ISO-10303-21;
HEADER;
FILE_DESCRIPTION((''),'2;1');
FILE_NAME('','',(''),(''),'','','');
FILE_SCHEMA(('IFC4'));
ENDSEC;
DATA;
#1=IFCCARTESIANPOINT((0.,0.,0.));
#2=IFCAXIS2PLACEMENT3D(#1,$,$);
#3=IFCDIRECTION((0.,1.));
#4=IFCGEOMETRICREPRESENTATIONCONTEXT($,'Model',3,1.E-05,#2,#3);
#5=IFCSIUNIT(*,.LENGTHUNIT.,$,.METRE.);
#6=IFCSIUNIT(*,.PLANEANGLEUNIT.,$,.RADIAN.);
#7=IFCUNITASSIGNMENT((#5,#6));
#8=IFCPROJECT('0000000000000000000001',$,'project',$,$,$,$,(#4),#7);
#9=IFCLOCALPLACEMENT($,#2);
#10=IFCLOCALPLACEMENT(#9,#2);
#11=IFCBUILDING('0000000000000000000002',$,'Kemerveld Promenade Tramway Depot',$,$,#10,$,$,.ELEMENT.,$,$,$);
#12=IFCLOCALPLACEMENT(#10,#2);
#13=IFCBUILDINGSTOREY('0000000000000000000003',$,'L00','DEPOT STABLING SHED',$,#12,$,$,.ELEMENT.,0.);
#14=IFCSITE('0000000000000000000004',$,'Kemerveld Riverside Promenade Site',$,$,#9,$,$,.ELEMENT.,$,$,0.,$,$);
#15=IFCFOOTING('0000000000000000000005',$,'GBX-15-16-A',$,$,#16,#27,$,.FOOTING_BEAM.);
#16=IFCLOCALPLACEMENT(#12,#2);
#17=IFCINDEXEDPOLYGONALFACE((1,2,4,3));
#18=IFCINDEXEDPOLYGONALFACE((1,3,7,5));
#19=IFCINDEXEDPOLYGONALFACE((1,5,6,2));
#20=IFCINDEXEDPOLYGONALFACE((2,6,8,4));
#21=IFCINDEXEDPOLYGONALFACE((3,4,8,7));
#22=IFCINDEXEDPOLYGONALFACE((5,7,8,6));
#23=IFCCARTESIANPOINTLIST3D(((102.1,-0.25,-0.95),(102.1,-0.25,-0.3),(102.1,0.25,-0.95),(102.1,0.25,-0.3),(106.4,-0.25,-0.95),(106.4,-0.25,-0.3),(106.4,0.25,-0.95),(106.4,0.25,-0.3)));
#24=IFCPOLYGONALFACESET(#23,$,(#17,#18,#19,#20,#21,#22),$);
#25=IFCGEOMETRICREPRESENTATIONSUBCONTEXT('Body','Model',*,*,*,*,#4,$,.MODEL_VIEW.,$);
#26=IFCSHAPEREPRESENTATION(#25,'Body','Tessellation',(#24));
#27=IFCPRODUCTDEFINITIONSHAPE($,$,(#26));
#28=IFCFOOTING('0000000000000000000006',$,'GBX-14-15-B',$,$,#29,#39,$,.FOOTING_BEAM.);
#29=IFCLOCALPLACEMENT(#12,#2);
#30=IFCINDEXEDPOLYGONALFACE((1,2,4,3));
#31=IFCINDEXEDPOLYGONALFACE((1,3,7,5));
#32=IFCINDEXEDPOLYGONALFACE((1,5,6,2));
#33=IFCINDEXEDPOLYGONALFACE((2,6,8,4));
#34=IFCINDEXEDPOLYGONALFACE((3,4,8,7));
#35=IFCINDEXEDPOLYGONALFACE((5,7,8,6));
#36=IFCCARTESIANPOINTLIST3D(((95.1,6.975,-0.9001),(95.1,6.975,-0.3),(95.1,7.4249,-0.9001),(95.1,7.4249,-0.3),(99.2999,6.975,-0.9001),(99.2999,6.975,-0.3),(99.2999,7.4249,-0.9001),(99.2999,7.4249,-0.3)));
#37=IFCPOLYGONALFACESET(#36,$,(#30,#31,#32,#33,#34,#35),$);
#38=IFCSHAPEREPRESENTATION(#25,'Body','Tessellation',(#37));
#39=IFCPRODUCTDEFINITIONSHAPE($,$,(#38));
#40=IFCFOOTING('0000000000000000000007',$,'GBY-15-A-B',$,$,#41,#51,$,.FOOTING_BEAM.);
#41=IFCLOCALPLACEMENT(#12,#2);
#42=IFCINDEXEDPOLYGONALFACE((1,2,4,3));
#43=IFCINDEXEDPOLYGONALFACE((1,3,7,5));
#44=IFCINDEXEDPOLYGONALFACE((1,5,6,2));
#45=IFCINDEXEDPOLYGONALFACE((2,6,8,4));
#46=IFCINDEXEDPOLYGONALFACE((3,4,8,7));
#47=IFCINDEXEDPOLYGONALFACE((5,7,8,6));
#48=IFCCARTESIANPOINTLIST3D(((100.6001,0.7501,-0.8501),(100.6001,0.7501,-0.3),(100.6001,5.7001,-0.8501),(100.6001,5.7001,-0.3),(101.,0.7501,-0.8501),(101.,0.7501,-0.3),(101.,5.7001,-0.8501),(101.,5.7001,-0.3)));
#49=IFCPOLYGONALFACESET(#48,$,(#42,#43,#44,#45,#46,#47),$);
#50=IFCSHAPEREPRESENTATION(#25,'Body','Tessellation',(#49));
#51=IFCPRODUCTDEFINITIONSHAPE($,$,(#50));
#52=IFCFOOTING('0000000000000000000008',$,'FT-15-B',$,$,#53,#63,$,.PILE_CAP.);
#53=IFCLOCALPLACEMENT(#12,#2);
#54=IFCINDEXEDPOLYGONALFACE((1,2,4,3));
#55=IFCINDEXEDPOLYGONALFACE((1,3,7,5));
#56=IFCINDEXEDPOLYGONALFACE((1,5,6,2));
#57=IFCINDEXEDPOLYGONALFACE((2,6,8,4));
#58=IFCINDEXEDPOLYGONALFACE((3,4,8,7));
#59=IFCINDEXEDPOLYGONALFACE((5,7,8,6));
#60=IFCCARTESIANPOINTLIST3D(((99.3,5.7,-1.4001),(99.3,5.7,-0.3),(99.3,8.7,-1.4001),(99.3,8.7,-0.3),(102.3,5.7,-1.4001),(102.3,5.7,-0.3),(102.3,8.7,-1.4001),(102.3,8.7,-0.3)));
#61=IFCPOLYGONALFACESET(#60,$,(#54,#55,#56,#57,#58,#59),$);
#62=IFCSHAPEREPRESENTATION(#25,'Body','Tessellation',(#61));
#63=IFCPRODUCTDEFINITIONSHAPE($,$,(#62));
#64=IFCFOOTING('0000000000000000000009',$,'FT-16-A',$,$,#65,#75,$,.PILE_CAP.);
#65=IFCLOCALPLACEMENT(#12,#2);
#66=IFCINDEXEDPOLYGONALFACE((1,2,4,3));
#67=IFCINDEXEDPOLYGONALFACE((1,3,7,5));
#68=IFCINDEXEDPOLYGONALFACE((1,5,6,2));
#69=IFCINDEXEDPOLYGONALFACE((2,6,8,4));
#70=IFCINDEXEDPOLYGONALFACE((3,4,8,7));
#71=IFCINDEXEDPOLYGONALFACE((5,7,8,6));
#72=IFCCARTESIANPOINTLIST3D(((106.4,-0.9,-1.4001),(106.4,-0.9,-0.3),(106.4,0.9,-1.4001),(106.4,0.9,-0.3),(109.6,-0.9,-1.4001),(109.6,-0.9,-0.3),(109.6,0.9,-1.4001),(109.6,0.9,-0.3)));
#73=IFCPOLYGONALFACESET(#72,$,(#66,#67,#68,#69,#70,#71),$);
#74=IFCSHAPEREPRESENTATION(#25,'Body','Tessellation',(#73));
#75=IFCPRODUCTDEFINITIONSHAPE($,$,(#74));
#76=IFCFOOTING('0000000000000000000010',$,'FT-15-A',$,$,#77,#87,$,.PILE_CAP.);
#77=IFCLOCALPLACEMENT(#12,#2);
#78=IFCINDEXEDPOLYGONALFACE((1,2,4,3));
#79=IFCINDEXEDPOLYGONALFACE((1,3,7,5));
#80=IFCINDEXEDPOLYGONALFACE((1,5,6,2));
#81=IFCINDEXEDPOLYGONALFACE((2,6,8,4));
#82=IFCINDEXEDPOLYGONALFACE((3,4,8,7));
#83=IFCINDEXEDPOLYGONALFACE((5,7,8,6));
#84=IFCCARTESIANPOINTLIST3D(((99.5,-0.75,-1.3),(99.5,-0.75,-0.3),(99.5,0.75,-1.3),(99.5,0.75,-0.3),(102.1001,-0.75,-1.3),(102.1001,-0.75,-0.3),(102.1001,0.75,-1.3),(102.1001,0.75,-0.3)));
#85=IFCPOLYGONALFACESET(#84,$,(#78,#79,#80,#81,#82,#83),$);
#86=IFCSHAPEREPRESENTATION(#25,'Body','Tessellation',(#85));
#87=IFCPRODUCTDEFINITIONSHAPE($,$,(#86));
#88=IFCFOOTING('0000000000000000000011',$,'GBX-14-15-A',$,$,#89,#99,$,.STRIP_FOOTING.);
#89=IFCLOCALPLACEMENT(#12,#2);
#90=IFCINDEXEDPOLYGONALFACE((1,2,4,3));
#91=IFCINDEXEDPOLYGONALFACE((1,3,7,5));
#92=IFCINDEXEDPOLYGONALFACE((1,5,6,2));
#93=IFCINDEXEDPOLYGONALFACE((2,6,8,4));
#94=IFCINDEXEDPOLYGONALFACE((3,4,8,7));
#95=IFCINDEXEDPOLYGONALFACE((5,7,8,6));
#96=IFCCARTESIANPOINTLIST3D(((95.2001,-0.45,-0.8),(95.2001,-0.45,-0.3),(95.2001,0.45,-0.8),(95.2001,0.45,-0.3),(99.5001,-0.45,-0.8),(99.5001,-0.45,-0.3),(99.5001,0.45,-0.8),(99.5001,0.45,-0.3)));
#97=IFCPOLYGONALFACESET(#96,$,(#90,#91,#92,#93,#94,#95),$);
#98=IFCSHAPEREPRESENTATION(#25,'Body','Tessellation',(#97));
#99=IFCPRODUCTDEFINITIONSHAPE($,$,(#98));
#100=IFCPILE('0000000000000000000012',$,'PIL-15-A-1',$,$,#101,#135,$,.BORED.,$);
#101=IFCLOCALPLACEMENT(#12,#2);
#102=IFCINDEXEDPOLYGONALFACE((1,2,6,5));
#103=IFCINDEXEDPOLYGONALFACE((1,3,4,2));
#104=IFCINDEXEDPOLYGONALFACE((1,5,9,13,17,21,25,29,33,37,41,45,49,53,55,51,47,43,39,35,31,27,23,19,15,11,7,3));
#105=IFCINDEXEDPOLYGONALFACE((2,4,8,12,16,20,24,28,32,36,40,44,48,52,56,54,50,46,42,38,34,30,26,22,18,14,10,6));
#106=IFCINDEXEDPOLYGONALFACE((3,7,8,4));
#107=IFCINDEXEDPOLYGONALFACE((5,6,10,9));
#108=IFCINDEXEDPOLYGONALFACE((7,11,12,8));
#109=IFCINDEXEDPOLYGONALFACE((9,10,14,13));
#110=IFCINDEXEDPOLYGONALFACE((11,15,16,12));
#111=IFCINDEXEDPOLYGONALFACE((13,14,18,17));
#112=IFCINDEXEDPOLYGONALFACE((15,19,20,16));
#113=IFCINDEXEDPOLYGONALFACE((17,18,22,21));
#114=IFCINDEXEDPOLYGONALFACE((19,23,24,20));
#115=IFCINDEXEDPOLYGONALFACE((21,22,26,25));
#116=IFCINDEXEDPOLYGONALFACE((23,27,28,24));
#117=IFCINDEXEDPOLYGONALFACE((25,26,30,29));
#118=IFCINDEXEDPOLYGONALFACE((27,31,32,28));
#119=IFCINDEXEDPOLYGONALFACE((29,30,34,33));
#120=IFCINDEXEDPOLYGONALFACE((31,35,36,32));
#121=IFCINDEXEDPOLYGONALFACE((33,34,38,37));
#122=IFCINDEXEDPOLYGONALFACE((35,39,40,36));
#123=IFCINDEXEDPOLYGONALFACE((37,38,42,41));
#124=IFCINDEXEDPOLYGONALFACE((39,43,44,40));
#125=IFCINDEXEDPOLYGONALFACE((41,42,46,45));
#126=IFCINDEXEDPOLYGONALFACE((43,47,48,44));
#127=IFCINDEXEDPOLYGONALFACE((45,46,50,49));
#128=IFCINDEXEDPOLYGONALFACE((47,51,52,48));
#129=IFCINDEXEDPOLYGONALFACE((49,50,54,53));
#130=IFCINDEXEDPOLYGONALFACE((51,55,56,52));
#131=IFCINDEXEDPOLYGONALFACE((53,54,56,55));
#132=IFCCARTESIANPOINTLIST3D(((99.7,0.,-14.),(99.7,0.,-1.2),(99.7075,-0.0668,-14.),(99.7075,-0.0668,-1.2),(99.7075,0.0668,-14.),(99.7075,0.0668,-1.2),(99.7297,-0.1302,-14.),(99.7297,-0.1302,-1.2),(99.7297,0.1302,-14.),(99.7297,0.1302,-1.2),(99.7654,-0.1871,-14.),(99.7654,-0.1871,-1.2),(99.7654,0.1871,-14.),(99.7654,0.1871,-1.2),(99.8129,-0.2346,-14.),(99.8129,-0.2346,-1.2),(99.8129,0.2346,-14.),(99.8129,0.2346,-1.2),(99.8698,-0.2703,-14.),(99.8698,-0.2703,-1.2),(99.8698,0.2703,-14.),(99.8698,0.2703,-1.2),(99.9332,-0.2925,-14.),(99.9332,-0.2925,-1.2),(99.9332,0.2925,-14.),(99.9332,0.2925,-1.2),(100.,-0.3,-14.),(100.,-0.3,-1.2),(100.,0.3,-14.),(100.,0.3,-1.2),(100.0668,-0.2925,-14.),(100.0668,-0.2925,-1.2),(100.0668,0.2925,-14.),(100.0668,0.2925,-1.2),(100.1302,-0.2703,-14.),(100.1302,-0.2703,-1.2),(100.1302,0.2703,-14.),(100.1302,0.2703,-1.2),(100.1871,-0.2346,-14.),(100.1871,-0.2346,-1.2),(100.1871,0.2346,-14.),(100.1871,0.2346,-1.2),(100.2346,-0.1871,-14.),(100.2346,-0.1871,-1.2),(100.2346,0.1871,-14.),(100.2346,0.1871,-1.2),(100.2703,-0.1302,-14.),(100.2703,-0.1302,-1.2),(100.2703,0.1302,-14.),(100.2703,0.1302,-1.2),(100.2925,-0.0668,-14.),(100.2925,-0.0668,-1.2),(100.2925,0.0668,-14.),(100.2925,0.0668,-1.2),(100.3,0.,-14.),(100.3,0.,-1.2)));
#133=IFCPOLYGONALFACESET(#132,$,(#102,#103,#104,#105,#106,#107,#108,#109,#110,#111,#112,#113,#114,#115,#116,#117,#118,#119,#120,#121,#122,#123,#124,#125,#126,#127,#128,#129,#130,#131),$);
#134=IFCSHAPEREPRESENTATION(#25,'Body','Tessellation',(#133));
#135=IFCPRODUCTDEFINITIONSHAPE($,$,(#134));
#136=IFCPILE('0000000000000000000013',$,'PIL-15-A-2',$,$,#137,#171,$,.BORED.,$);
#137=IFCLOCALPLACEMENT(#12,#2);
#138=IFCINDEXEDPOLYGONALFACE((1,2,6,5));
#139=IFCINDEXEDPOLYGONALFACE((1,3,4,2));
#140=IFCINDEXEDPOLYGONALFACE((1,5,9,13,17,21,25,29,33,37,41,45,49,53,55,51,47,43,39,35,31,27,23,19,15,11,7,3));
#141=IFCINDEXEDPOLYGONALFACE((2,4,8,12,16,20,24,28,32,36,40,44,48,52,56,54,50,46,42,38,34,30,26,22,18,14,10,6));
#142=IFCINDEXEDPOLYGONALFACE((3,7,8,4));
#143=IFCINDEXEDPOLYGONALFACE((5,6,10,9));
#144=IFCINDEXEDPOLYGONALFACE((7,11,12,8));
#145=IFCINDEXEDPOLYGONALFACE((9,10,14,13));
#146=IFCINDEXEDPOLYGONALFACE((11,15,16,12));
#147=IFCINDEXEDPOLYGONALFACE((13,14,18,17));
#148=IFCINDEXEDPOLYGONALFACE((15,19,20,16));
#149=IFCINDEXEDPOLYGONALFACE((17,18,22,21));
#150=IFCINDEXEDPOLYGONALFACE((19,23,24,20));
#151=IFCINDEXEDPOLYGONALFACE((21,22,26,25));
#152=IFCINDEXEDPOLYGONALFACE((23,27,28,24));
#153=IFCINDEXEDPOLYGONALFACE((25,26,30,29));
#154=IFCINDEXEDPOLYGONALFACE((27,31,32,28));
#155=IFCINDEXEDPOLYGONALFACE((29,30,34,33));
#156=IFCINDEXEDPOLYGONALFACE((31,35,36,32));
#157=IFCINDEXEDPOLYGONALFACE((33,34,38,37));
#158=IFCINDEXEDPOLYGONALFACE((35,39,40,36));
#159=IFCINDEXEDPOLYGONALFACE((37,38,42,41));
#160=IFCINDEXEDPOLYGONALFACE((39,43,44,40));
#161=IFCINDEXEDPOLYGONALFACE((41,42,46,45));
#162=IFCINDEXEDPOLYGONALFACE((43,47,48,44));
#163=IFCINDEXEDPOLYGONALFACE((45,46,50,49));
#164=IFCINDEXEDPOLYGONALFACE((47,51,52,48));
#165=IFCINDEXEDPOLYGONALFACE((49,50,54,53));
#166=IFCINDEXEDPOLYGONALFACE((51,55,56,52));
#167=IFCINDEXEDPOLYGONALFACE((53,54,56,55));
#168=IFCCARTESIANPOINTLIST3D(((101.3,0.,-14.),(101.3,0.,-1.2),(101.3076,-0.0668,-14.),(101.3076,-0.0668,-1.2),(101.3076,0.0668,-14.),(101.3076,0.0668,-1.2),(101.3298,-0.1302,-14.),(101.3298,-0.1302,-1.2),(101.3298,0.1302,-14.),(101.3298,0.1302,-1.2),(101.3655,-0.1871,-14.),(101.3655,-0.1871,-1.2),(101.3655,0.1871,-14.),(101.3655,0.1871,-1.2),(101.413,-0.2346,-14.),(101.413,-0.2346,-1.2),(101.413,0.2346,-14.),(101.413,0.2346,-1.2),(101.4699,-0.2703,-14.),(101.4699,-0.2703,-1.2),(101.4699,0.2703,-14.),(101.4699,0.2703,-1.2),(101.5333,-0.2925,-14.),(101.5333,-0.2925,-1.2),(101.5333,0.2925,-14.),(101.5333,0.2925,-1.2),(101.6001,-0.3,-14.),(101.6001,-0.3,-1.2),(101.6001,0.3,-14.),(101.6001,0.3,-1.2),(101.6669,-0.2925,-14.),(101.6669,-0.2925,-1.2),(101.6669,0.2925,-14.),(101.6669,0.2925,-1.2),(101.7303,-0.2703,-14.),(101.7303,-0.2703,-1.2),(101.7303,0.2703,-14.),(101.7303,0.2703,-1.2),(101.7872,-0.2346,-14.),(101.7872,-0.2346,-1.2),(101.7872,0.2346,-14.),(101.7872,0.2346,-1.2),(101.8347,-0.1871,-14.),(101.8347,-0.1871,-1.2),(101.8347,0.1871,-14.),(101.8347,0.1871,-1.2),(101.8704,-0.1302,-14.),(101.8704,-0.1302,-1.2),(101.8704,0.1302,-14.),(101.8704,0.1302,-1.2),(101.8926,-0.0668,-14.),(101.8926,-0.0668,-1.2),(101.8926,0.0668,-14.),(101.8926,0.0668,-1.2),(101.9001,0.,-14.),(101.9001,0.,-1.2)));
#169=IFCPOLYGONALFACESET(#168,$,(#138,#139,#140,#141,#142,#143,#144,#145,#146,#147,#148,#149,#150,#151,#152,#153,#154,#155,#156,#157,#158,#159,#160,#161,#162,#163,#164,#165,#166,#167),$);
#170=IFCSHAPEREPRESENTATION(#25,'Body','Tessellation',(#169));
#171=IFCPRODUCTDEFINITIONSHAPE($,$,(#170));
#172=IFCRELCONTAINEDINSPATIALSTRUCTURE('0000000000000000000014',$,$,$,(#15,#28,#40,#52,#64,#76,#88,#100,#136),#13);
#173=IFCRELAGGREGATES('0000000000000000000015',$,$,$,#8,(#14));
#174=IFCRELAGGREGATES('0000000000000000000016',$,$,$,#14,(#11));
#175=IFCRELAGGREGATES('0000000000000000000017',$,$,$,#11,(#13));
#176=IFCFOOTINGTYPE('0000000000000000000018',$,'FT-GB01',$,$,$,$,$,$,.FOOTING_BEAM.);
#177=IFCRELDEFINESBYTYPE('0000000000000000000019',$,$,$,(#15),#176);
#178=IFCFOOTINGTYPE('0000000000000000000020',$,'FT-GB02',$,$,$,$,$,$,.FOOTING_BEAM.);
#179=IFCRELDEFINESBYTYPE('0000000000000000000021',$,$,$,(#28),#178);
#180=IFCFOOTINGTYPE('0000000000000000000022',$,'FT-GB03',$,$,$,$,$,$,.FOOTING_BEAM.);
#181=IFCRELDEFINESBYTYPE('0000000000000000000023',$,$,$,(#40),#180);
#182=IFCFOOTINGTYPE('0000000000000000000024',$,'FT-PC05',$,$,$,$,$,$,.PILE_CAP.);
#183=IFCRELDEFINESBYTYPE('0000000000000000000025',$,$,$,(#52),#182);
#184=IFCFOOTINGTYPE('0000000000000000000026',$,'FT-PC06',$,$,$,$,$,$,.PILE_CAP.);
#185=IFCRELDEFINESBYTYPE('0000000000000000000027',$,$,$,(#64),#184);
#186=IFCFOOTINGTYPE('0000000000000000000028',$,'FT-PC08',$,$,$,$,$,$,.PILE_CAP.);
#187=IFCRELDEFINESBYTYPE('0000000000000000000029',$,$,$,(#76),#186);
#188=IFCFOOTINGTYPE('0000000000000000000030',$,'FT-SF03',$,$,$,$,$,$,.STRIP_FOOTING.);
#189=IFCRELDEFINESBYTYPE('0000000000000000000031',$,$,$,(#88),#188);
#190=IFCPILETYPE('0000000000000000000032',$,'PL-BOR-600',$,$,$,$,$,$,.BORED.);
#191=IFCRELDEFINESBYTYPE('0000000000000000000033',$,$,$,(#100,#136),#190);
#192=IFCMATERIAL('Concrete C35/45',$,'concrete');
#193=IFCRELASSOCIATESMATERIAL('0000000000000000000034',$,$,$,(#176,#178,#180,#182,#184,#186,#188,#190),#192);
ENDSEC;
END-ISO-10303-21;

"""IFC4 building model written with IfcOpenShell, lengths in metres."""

from ifc_helpers import new_model, si_unit, direction, frame, origin, origin_2d, place, context, subcontext, project, spatial, rectangle, circle, extrude, material, material_profile, profile_set, type_object, element, save


model = new_model("IFC4")

# Units and contexts
model_context = context("Model", 3, precision=1e-05, world=origin(), true_north=direction((0.0, 1.0)))
body_context = subcontext(model_context, "Body", "Model", "MODEL_VIEW")
ifc_project = project(units=[si_unit("LENGTHUNIT", "METRE"), si_unit("PLANEANGLEUNIT", "RADIAN")], contexts=[model_context])

# Site, building, storey
site_placement = place(None, origin())
site = spatial("IfcSite", under=ifc_project, at=site_placement, Name="Kemerveld Riverside Promenade Site", CompositionType="ELEMENT", RefElevation=0.0)
building_placement = place(site_placement, origin())
building = spatial("IfcBuilding", under=site, at=building_placement, Name="Kemerveld Promenade Tramway Depot", CompositionType="ELEMENT")
storey_placement = place(building_placement, origin())
storey = spatial("IfcBuildingStorey", under=building, at=storey_placement, Name="L00", Description="DEPOT STABLING SHED", CompositionType="ELEMENT", Elevation=0.0)

# Footings
ifc_material_1 = material(Name="Concrete C35/45", Category="concrete")
footing_type_1 = type_object("IfcFootingType", Name="FT-GB01", PredefinedType="FOOTING_BEAM", material=ifc_material_1)
footing_1_placement = place(storey_placement, frame((104.25, 0.0, -0.95), z_axis=(0.0, 0.0, 1.0), x_axis=(1.0, 0.0, 0.0)))
element("IfcFooting", 1, at=footing_1_placement, inside=storey, type_object=footing_type_1, Name="GBX-15-16-A", PredefinedType="FOOTING_BEAM", context=body_context, shape_type="SweptSolid", body=[
    extrude(rectangle(XDim=4.3, YDim=0.5, at=origin_2d()), origin(), (0.0, 0.0, 1.0), 0.6499),
])
footing_type_2 = type_object("IfcFootingType", Name="FT-GB02", PredefinedType="FOOTING_BEAM", material=ifc_material_1)
footing_2_placement = place(storey_placement, frame((97.2, 7.2, -0.9001), z_axis=(0.0, 0.0, 1.0), x_axis=(1.0, 0.0, 0.0)))
element("IfcFooting", 2, at=footing_2_placement, inside=storey, type_object=footing_type_2, Name="GBX-14-15-B", PredefinedType="FOOTING_BEAM", context=body_context, shape_type="SweptSolid", body=[
    extrude(rectangle(XDim=4.2, YDim=0.45, at=origin_2d()), origin(), (0.0, 0.0, 1.0), 0.6001),
])
footing_type_3 = type_object("IfcFootingType", Name="FT-GB03", PredefinedType="FOOTING_BEAM", material=ifc_material_1)
footing_3_placement = place(storey_placement, frame((100.8, 3.2251, -0.8501), z_axis=(0.0, 0.0, 1.0), x_axis=(0.0, 1.0, 0.0)))
element("IfcFooting", 3, at=footing_3_placement, inside=storey, type_object=footing_type_3, Name="GBY-15-A-B", PredefinedType="FOOTING_BEAM", context=body_context, shape_type="SweptSolid", body=[
    extrude(rectangle(XDim=4.95, YDim=0.3999, at=origin_2d()), origin(), (0.0, 0.0, 1.0), 0.55),
])
footing_type_4 = type_object("IfcFootingType", Name="FT-PC05", PredefinedType="PILE_CAP", material=ifc_material_1)
footing_4_placement = place(storey_placement, frame((100.8, 7.2, -1.4001), z_axis=(0.0, 0.0, 1.0), x_axis=(1.0, 0.0, 0.0)))
element("IfcFooting", 4, at=footing_4_placement, inside=storey, type_object=footing_type_4, Name="FT-15-B", PredefinedType="PILE_CAP", context=body_context, shape_type="SweptSolid", body=[
    extrude(rectangle(XDim=3.0, YDim=3.0, at=origin_2d()), origin(), (0.0, 0.0, 1.0), 1.1001),
])
footing_type_5 = type_object("IfcFootingType", Name="FT-PC06", PredefinedType="PILE_CAP", material=ifc_material_1)
footing_5_placement = place(storey_placement, frame((108.0, 0.0, -1.4001), z_axis=(0.0, 0.0, 1.0), x_axis=(1.0, 0.0, 0.0)))
element("IfcFooting", 5, at=footing_5_placement, inside=storey, type_object=footing_type_5, Name="FT-16-A", PredefinedType="PILE_CAP", context=body_context, shape_type="SweptSolid", body=[
    extrude(rectangle(XDim=3.2, YDim=1.8, at=origin_2d()), origin(), (0.0, 0.0, 1.0), 1.1001),
])
footing_type_6 = type_object("IfcFootingType", Name="FT-PC08", PredefinedType="PILE_CAP", material=ifc_material_1)
footing_6_placement = place(storey_placement, frame((100.8, 0.0, -1.3), z_axis=(0.0, 0.0, 1.0), x_axis=(1.0, 0.0, 0.0)))
element("IfcFooting", 6, at=footing_6_placement, inside=storey, type_object=footing_type_6, Name="FT-15-A", PredefinedType="PILE_CAP", context=body_context, shape_type="SweptSolid", body=[
    extrude(rectangle(XDim=2.6001, YDim=1.5, at=origin_2d()), origin(), (0.0, 0.0, 1.0), 1.0),
])
footing_type_7 = type_object("IfcFootingType", Name="FT-SF03", PredefinedType="STRIP_FOOTING", material=ifc_material_1)
footing_7_placement = place(storey_placement, frame((97.3501, 0.0, -0.8), z_axis=(0.0, 0.0, 1.0), x_axis=(1.0, 0.0, 0.0)))
element("IfcFooting", 7, at=footing_7_placement, inside=storey, type_object=footing_type_7, Name="GBX-14-15-A", PredefinedType="STRIP_FOOTING", context=body_context, shape_type="SweptSolid", body=[
    extrude(rectangle(XDim=4.3, YDim=0.8999, at=origin_2d()), origin(), (0.0, 0.0, 1.0), 0.5),
])

# Piles
ifc_material_profile_1 = material_profile(ifc_material_1, circle(Radius=0.3, at=origin_2d()), Name="PILE-D600")
ifc_profile_set_1 = profile_set([ifc_material_profile_1], Name="Concrete C35/45")
pile_type_1 = type_object("IfcPileType", Name="PL-BOR-600", PredefinedType="BORED", material=ifc_profile_set_1)
for number, where, z_axis, x_axis, name in (
    (8, (100.0, 0.0, -1.2), (0.0, 0.0, -1.0), (1.0, 0.0, 0.0), "PIL-15-A-1"),
    (9, (101.6001, 0.0, -1.2), (0.0, 0.0, -1.0), (1.0, 0.0, 0.0), "PIL-15-A-2"),
):
    element("IfcPile", number, at=place(storey_placement, frame(where, z_axis=z_axis, x_axis=x_axis)), inside=storey, type_object=pile_type_1, Name=name, PredefinedType="BORED", context=body_context, shape_type="SweptSolid", body=[
        extrude(circle(Radius=0.3, at=origin_2d()), origin(), (0.0, 0.0, 1.0), 12.8),
    ])

save(model, "model.ifc")
